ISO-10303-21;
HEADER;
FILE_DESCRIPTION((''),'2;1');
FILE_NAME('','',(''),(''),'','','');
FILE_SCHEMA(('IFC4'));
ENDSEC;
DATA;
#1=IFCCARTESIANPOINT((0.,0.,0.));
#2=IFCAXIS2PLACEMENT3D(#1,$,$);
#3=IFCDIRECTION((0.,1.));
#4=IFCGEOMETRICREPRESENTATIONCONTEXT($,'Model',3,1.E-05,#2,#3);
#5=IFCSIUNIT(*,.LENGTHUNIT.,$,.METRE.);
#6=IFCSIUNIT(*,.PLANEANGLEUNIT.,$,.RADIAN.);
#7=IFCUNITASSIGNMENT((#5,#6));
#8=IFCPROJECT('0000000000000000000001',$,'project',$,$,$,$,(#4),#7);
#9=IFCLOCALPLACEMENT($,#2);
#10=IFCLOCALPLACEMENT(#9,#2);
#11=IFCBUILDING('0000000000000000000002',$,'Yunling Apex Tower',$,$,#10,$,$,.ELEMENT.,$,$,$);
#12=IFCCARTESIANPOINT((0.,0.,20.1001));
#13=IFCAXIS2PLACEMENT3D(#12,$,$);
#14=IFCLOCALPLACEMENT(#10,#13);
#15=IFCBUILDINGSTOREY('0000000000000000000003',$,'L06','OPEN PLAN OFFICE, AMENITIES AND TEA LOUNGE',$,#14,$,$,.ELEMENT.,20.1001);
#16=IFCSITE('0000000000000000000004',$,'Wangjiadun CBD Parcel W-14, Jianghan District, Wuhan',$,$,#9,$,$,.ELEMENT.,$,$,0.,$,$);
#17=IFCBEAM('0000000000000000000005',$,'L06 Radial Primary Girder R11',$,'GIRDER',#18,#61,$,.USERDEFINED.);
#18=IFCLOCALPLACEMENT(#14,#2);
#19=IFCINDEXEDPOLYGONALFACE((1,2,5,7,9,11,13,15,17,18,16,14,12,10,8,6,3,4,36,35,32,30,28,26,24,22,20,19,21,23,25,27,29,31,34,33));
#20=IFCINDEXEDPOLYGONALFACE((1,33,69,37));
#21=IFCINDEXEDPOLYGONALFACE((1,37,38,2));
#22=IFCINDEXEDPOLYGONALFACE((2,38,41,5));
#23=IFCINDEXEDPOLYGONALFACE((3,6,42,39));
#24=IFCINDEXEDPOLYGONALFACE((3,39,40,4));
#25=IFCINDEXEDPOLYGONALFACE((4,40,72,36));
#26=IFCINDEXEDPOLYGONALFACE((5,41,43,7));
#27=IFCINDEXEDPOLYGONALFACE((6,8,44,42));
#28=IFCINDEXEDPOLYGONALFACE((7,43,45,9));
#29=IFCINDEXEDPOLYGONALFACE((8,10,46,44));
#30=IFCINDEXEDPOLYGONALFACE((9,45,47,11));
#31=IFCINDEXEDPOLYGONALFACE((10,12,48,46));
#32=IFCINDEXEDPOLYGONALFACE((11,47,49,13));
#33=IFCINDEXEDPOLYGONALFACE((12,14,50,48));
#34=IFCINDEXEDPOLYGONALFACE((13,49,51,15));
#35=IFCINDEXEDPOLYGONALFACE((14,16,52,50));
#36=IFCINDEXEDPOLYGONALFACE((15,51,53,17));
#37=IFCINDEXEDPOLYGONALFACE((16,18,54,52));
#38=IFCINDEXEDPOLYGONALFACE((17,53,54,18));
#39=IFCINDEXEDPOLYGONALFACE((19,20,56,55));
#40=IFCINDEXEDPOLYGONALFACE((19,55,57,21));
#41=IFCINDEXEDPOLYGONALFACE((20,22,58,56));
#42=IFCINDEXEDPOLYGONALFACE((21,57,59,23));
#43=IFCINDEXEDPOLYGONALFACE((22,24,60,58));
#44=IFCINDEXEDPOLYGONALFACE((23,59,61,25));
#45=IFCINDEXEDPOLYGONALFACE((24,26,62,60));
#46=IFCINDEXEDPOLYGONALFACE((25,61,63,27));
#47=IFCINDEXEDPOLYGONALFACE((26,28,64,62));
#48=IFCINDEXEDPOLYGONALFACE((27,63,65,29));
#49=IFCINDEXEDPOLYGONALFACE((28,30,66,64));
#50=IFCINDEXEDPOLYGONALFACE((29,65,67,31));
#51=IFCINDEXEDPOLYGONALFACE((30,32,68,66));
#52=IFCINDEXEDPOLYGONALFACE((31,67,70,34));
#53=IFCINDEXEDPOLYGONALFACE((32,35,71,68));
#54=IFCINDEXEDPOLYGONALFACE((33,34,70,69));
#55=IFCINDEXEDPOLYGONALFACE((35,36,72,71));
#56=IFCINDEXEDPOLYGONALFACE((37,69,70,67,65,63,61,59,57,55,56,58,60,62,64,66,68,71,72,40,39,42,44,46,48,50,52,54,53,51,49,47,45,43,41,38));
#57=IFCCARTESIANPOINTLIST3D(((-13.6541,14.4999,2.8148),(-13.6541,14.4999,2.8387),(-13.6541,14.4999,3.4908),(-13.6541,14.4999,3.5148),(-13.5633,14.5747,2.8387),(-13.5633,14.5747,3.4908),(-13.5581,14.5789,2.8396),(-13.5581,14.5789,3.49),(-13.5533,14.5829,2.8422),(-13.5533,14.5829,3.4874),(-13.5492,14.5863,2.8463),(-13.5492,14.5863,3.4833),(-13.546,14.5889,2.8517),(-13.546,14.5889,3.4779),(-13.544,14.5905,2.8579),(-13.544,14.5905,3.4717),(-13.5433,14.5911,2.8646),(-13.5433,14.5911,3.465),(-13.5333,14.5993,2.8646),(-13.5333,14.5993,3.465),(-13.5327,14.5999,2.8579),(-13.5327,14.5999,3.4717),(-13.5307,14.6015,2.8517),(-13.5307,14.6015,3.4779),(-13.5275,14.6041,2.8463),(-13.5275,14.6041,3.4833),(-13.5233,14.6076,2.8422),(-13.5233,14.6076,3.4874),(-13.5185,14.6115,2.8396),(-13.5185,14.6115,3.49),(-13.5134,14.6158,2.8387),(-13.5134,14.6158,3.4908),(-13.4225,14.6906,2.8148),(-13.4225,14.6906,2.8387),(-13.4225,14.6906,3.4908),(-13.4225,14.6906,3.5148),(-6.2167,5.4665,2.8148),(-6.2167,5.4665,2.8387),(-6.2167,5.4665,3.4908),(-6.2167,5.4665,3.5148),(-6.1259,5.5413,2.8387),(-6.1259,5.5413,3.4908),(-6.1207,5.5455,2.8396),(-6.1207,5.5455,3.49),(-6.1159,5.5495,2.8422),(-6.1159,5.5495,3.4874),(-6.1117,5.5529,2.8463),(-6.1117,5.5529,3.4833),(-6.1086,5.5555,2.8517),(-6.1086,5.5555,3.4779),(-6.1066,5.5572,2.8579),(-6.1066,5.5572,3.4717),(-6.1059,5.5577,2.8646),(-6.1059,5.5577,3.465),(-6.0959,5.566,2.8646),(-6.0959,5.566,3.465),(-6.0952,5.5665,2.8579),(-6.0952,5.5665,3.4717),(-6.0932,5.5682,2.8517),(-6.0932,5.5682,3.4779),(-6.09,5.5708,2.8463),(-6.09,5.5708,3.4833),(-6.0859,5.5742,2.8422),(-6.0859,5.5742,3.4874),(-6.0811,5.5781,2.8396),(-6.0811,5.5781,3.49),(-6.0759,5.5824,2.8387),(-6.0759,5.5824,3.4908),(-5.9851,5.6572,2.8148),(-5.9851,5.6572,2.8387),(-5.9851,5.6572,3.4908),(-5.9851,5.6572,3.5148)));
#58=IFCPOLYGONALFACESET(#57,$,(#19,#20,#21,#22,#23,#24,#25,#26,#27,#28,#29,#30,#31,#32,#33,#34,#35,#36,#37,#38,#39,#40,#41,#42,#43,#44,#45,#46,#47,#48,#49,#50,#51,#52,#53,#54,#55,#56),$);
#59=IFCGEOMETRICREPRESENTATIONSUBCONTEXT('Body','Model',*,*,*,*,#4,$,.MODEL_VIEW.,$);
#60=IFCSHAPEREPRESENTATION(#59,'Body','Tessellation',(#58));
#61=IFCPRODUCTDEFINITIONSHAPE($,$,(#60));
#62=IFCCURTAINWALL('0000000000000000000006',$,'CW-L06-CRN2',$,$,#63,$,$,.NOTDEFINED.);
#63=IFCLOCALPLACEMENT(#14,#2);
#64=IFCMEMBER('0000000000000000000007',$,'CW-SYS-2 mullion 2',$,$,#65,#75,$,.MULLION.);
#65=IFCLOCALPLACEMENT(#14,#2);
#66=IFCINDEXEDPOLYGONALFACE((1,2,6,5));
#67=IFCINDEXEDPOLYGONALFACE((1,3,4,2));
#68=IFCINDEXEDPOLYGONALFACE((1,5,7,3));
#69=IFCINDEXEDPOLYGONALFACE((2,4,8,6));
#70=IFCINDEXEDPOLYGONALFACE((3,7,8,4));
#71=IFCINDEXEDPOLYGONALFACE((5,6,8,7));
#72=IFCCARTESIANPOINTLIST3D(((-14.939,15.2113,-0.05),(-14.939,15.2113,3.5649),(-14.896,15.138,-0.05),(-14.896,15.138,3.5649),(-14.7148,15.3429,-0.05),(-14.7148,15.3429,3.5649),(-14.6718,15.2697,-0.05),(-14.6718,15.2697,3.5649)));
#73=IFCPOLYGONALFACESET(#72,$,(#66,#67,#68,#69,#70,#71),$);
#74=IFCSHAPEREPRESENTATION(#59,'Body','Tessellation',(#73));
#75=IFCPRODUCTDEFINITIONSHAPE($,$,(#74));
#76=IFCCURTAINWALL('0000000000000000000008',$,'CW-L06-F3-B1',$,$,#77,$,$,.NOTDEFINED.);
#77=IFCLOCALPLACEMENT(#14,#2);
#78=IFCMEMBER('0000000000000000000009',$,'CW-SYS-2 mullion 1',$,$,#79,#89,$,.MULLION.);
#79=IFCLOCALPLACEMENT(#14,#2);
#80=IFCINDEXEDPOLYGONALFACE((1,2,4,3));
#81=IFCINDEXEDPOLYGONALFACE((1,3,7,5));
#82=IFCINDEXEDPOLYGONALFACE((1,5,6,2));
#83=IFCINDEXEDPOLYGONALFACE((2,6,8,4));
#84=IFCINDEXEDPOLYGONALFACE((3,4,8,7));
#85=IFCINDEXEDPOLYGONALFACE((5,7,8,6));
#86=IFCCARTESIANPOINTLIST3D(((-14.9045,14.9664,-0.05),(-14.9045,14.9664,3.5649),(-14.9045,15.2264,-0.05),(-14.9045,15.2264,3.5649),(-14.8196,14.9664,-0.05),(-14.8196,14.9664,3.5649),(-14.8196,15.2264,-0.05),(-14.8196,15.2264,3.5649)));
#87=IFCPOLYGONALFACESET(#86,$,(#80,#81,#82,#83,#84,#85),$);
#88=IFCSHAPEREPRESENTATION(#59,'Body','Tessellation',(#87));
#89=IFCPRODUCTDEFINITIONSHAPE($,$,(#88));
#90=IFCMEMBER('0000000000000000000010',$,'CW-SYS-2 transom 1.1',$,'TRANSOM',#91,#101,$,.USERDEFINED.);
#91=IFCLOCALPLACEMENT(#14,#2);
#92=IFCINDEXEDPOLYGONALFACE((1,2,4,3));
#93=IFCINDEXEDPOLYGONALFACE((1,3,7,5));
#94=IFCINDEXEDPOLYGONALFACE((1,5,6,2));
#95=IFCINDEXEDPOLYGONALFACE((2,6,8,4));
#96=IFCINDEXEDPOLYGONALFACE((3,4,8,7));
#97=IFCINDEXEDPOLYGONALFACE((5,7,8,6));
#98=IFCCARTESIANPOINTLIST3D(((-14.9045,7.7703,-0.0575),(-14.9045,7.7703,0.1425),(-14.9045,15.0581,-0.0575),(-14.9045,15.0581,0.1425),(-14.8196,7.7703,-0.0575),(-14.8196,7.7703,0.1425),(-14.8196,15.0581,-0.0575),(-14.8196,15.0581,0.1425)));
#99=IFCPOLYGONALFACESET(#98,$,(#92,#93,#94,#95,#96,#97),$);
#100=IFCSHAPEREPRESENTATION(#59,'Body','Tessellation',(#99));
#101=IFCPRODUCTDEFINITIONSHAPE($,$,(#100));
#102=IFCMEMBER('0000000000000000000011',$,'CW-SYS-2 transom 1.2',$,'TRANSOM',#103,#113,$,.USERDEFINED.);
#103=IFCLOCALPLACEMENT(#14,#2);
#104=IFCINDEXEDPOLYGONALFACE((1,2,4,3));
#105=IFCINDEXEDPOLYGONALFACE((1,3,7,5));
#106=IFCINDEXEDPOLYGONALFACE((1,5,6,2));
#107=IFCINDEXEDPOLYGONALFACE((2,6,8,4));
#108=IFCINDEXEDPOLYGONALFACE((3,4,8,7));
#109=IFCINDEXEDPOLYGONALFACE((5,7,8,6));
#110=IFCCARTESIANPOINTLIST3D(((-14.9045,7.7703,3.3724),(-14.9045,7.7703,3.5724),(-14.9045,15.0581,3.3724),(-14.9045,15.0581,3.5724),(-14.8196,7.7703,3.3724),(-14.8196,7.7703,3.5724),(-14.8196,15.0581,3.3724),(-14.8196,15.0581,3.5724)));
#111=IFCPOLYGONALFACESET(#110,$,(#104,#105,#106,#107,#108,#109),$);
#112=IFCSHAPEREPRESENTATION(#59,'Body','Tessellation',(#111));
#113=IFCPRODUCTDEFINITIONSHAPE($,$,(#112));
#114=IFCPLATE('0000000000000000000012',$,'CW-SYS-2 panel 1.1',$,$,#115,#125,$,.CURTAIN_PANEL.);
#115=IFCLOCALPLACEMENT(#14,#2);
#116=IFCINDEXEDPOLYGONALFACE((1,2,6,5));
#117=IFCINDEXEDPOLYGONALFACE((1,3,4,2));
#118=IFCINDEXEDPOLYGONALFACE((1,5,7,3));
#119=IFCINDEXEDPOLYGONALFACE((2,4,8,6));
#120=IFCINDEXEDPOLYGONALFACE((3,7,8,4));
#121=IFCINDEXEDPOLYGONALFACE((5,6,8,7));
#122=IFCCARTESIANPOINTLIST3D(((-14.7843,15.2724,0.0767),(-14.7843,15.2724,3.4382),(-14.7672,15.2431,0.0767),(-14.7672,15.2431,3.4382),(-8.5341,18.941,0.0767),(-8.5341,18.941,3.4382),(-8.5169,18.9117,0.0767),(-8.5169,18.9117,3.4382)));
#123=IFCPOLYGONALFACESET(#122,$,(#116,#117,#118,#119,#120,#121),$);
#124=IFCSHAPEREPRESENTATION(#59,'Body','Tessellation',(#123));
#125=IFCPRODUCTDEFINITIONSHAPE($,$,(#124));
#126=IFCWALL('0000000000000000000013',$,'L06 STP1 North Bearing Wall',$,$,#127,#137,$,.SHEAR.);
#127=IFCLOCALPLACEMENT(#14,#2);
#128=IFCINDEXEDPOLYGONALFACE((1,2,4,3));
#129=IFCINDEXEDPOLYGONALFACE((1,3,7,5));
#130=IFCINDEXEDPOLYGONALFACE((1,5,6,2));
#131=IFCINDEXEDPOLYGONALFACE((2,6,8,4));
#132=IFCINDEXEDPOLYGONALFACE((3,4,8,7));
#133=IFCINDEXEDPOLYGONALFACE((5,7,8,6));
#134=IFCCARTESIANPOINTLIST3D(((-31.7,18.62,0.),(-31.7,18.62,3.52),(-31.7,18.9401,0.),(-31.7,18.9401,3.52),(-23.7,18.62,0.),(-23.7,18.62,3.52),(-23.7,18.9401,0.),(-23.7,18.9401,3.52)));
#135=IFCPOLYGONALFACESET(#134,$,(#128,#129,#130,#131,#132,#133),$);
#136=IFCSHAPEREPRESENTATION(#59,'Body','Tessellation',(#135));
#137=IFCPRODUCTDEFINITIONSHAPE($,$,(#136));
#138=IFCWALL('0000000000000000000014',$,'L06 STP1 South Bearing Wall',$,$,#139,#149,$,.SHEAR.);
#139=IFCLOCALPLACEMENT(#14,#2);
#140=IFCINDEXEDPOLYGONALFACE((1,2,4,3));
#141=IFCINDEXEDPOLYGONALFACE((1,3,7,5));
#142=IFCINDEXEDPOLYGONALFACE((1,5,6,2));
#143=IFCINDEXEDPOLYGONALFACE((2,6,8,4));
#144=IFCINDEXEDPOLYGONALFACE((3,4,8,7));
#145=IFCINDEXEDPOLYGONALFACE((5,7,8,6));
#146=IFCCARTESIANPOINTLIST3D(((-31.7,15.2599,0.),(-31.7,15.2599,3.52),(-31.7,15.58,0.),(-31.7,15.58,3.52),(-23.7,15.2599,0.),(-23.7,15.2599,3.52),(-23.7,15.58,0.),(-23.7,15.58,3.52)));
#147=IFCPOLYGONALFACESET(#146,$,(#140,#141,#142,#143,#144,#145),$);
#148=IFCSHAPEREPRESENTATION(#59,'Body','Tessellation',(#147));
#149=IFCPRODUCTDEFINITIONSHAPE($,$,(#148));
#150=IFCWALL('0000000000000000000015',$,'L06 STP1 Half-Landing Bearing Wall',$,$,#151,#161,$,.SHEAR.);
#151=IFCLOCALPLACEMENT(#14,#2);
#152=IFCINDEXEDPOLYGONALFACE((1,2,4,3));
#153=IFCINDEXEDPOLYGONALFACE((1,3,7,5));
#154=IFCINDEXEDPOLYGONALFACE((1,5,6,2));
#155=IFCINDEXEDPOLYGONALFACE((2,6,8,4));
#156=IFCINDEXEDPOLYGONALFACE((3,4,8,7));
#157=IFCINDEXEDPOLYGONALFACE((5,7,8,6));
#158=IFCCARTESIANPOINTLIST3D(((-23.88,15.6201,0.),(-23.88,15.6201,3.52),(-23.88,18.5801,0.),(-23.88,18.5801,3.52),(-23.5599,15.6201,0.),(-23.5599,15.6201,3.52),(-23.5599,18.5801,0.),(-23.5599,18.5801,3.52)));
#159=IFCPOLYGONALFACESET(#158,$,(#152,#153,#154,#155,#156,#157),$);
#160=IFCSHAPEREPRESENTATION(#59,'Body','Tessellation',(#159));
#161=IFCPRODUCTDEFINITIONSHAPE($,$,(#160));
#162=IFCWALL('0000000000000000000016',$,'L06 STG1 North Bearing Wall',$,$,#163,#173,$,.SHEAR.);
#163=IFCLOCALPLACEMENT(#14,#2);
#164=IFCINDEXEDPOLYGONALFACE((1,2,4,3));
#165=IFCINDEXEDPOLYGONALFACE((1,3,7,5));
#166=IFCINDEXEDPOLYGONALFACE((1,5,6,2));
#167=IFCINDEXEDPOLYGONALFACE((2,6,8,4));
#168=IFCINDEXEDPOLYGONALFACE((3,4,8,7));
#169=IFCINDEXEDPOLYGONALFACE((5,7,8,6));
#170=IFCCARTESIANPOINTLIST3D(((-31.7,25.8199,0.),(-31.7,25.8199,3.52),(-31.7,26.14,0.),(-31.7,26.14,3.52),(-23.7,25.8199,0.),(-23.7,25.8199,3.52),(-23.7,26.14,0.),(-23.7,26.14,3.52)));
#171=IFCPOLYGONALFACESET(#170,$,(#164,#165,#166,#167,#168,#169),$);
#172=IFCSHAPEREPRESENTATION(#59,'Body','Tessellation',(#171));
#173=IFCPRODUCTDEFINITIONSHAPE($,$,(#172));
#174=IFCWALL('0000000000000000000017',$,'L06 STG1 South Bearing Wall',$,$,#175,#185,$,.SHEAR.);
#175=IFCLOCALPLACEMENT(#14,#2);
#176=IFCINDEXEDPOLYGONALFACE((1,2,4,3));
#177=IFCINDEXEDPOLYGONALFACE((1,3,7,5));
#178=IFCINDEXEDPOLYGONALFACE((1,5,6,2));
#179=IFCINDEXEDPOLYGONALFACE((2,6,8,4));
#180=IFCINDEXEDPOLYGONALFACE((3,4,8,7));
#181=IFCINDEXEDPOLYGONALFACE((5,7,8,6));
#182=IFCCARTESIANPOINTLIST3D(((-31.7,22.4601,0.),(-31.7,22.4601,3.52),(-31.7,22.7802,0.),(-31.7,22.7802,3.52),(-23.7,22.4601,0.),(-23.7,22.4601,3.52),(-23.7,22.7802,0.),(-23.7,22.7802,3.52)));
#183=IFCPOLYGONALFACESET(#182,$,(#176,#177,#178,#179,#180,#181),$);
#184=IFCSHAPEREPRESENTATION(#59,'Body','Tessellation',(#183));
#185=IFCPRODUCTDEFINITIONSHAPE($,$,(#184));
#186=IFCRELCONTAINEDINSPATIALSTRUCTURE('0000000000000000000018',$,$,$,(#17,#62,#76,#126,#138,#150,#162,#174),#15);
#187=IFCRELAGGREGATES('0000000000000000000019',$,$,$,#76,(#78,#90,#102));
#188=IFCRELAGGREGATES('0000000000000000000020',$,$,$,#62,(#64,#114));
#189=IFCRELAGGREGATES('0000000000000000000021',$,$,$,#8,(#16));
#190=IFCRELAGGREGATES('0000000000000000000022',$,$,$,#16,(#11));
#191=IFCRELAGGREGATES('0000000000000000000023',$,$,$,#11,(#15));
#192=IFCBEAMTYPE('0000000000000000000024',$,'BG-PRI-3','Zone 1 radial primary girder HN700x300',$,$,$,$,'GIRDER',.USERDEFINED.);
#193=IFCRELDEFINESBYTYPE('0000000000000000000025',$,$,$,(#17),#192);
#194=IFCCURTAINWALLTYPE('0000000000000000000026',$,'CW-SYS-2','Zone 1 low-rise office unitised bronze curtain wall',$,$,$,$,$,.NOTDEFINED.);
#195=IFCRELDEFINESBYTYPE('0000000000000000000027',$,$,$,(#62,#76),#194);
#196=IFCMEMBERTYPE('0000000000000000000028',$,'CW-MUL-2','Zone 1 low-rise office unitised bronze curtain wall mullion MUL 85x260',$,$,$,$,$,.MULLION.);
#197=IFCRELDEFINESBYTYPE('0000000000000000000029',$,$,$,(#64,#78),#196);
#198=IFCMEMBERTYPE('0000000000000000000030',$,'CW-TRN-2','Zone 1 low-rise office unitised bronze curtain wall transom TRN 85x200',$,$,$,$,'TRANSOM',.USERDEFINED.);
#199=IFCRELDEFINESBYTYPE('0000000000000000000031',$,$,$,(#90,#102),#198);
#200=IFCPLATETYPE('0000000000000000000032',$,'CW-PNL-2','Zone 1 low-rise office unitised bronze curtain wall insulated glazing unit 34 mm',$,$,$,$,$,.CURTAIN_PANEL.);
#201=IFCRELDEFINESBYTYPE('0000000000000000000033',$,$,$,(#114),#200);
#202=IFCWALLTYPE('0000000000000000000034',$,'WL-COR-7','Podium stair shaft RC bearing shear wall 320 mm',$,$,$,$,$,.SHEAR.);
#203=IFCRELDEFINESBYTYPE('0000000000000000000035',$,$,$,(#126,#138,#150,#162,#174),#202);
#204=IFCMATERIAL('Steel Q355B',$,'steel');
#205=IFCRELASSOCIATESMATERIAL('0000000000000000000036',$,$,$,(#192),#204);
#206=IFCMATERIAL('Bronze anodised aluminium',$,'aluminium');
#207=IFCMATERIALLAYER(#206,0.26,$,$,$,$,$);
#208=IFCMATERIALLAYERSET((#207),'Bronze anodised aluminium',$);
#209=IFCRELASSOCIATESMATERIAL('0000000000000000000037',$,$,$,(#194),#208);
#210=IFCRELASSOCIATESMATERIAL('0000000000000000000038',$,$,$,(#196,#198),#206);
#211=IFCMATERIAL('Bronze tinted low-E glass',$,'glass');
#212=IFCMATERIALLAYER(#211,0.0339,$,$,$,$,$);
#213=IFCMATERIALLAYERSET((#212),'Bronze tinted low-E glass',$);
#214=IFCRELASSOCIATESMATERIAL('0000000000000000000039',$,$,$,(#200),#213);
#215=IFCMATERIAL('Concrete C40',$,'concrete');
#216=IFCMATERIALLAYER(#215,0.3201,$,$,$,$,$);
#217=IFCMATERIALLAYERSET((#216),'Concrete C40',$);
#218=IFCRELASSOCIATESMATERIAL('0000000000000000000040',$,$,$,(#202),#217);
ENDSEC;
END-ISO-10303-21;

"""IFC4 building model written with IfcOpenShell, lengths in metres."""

from ifc_helpers import new_model, si_unit, direction, frame, frame_2d, origin, origin_2d, place, context, subcontext, project, spatial, rectangle, i_section, extrude, source, transform, mapped, material, layer, layer_set, material_profile, profile_set, type_object, element, aggregate, save


model = new_model("IFC4")

# Units and contexts
model_context = context("Model", 3, precision=1e-05, world=origin(), true_north=direction((0.0, 1.0)))
body_context = subcontext(model_context, "Body", "Model", "MODEL_VIEW")
ifc_project = project(units=[si_unit("LENGTHUNIT", "METRE"), si_unit("PLANEANGLEUNIT", "RADIAN")], contexts=[model_context])

# Site, building, storey
site_placement = place(None, origin())
site = spatial("IfcSite", under=ifc_project, at=site_placement, Name="Wangjiadun CBD Parcel W-14, Jianghan District, Wuhan", CompositionType="ELEMENT", RefElevation=0.0)
building_placement = place(site_placement, origin())
building = spatial("IfcBuilding", under=site, at=building_placement, Name="Yunling Apex Tower", CompositionType="ELEMENT")
storey_placement = place(building_placement, frame((0.0, 0.0, 20.1001)))
storey = spatial("IfcBuildingStorey", under=building, at=storey_placement, Name="L06", Description="OPEN PLAN OFFICE, AMENITIES AND TEA LOUNGE", CompositionType="ELEMENT", Elevation=20.1001)

# Beam
ifc_material_1 = material(Name="Steel Q355B", Category="steel")
ifc_material_profile_1 = material_profile(ifc_material_1, i_section(OverallWidth=0.3, OverallDepth=0.7, WebThickness=0.0129, FlangeThickness=0.0239, FilletRadius=0.0259, at=origin_2d()))
ifc_profile_set_1 = profile_set([ifc_material_profile_1], Name="Steel Q355B")
beam_type_1 = type_object("IfcBeamType", Name="BG-PRI-3", Description="Zone 1 radial primary girder HN700x300", ElementType="GIRDER", PredefinedType="USERDEFINED", material=ifc_profile_set_1)
shared_shape_1 = source(origin(), body_context, "Body", "SweptSolid", [
    extrude(i_section(OverallWidth=0.3, OverallDepth=0.7, WebThickness=0.0129, FlangeThickness=0.0239, FilletRadius=0.0259, at=origin_2d()), origin(), (0.0, 0.0, 1.0), 11.7012),
])
beam_1_placement = place(storey_placement, frame((-13.5383, 14.5952, 3.1648), z_axis=(0.635615, -0.772006, 0.0), x_axis=(0.772006, 0.635615, 0.0)))
element("IfcBeam", 1, at=beam_1_placement, inside=storey, type_object=beam_type_1, Name="L06 Radial Primary Girder R11", ObjectType="GIRDER", PredefinedType="USERDEFINED", context=body_context, shape_type="MappedRepresentation", body=[
    mapped(shared_shape_1, transform((0.0, 0.0, 0.0), scale=1.0)),
])

# Curtain wall, member
ifc_material_2 = material(Name="Bronze anodised aluminium", Category="aluminium")
ifc_layer_1 = layer(ifc_material_2, 0.26)
ifc_layer_set_1 = layer_set([ifc_layer_1], Name="Bronze anodised aluminium")
curtain_wall_type = type_object("IfcCurtainWallType", Name="CW-SYS-2", Description="Zone 1 low-rise office unitised bronze curtain wall", PredefinedType="NOTDEFINED", material=ifc_layer_set_1)
curtain_wall_1_placement = place(storey_placement, origin())
curtain_wall_1 = element("IfcCurtainWall", 2, at=curtain_wall_1_placement, inside=storey, type_object=curtain_wall_type, Name="CW-L06-CRN2", PredefinedType="NOTDEFINED")
ifc_material_profile_2 = material_profile(ifc_material_2, rectangle(XDim=0.085, YDim=0.26, at=origin_2d()))
ifc_profile_set_2 = profile_set([ifc_material_profile_2], Name="Bronze anodised aluminium")
member_type_1 = type_object("IfcMemberType", Name="CW-MUL-2", Description="Zone 1 low-rise office unitised bronze curtain wall mullion MUL 85x260", PredefinedType="MULLION", material=ifc_profile_set_2)
shared_shape_2 = source(origin(), body_context, "Body", "SweptSolid", [
    extrude(rectangle(XDim=0.085, YDim=0.26, at=origin_2d()), origin(), (0.0, 0.0, 1.0), 3.615),
])
member_1_placement = place(storey_placement, frame((-14.8054, 15.2405, -0.05), z_axis=(0.0, 0.0, 1.0), x_axis=(0.506196, -0.862419, 0.0)))
member_1 = element("IfcMember", 3, at=member_1_placement, type_object=member_type_1, Name="CW-SYS-2 mullion 2", PredefinedType="MULLION", context=body_context, shape_type="MappedRepresentation", body=[
    mapped(shared_shape_2, transform((0.0, 0.0, 0.0), scale=1.0)),
])

# Curtain wall, members
curtain_wall_2_placement = place(storey_placement, origin())
curtain_wall_2 = element("IfcCurtainWall", 4, at=curtain_wall_2_placement, inside=storey, type_object=curtain_wall_type, Name="CW-L06-F3-B1", PredefinedType="NOTDEFINED")
member_2_placement = place(storey_placement, frame((-14.8621, 15.0964, -0.05), z_axis=(0.0, 0.0, 1.0), x_axis=(1.0, 0.0, 0.0)))
member_2 = element("IfcMember", 5, at=member_2_placement, type_object=member_type_1, Name="CW-SYS-2 mullion 1", PredefinedType="MULLION", context=body_context, shape_type="MappedRepresentation", body=[
    mapped(shared_shape_2, transform((0.0, 0.0, 0.0), scale=1.0)),
])
ifc_material_profile_3 = material_profile(ifc_material_2, rectangle(XDim=0.085, YDim=0.2, at=origin_2d()))
ifc_profile_set_3 = profile_set([ifc_material_profile_3], Name="Bronze anodised aluminium")
member_type_2 = type_object("IfcMemberType", Name="CW-TRN-2", Description="Zone 1 low-rise office unitised bronze curtain wall transom TRN 85x200", ElementType="TRANSOM", PredefinedType="USERDEFINED", material=ifc_profile_set_3)
shared_shape_3 = source(origin(), body_context, "Body", "SweptSolid", [
    extrude(rectangle(XDim=0.085, YDim=0.2, at=origin_2d()), origin(), (0.0, 0.0, 1.0), 7.2878),
])
member_3_placement = place(storey_placement, frame((-14.8621, 15.0581, 0.0425), z_axis=(0.0, -1.0, 0.0), x_axis=(1.0, 0.0, 0.0)))
member_3 = element("IfcMember", 6, at=member_3_placement, type_object=member_type_2, Name="CW-SYS-2 transom 1.1", ObjectType="TRANSOM", PredefinedType="USERDEFINED", context=body_context, shape_type="MappedRepresentation", body=[
    mapped(shared_shape_3, transform((0.0, 0.0, 0.0), scale=1.0)),
])
member_4_placement = place(storey_placement, frame((-14.8621, 15.0581, 3.4724), z_axis=(0.0, -1.0, 0.0), x_axis=(1.0, 0.0, 0.0)))
member_4 = element("IfcMember", 7, at=member_4_placement, type_object=member_type_2, Name="CW-SYS-2 transom 1.2", ObjectType="TRANSOM", PredefinedType="USERDEFINED", context=body_context, shape_type="MappedRepresentation", body=[
    mapped(shared_shape_3, transform((0.0, 0.0, 0.0), scale=1.0)),
])
aggregate(curtain_wall_2, [member_2, member_3, member_4])

# Plate
ifc_material_3 = material(Name="Bronze tinted low-E glass", Category="glass")
ifc_layer_2 = layer(ifc_material_3, 0.0339)
ifc_layer_set_2 = layer_set([ifc_layer_2], Name="Bronze tinted low-E glass")
plate_type = type_object("IfcPlateType", Name="CW-PNL-2", Description="Zone 1 low-rise office unitised bronze curtain wall insulated glazing unit 34 mm", PredefinedType="CURTAIN_PANEL", material=ifc_layer_set_2)
shared_shape_4 = source(origin(), body_context, "Body", "SweptSolid", [
    extrude(rectangle(XDim=7.2473, YDim=0.0339, at=origin_2d()), origin(), (0.0, 0.0, 1.0), 3.3616),
])
plate_placement = place(storey_placement, frame((-11.6506, 17.092, 0.0767), z_axis=(0.0, 0.0, 1.0), x_axis=(-0.862419, -0.506196, 0.0)))
plate = element("IfcPlate", 8, at=plate_placement, type_object=plate_type, Name="CW-SYS-2 panel 1.1", PredefinedType="CURTAIN_PANEL", context=body_context, shape_type="MappedRepresentation", body=[
    mapped(shared_shape_4, transform((0.0, 0.0, 0.0), scale=1.0)),
])
aggregate(curtain_wall_1, [member_1, plate])

# Walls
ifc_material_4 = material(Name="Concrete C40", Category="concrete")
ifc_layer_3 = layer(ifc_material_4, 0.3201)
ifc_layer_set_3 = layer_set([ifc_layer_3], Name="Concrete C40")
wall_type_1 = type_object("IfcWallType", Name="WL-COR-7", Description="Podium stair shaft RC bearing shear wall 320 mm", PredefinedType="SHEAR", material=ifc_layer_set_3)
for number, where, z_axis, x_axis, name in (
    (9, (-31.7, 18.78, 0.0), (0.0, 0.0, 1.0), (1.0, 0.0, 0.0), "L06 STP1 North Bearing Wall"),
    (10, (-31.7, 15.4199, 0.0), (0.0, 0.0, 1.0), (1.0, 0.0, 0.0), "L06 STP1 South Bearing Wall"),
):
    element("IfcWall", number, at=place(storey_placement, frame(where, z_axis=z_axis, x_axis=x_axis)), inside=storey, type_object=wall_type_1, Name=name, PredefinedType="SHEAR", context=body_context, shape_type="SweptSolid", body=[
        extrude(rectangle(XDim=8.0, YDim=0.3201, at=frame_2d((4.0, 0.0))), origin(), (0.0, 0.0, 1.0), 3.52),
    ])
wall_1_placement = place(storey_placement, frame((-23.72, 15.6201, 0.0), z_axis=(0.0, 0.0, 1.0), x_axis=(0.0, 1.0, 0.0)))
element("IfcWall", 11, at=wall_1_placement, inside=storey, type_object=wall_type_1, Name="L06 STP1 Half-Landing Bearing Wall", PredefinedType="SHEAR", context=body_context, shape_type="SweptSolid", body=[
    extrude(rectangle(XDim=2.96, YDim=0.3201, at=frame_2d((1.48, 0.0))), origin(), (0.0, 0.0, 1.0), 3.52),
])
for number, where, z_axis, x_axis, name in (
    (12, (-31.7, 25.98, 0.0), (0.0, 0.0, 1.0), (1.0, 0.0, 0.0), "L06 STG1 North Bearing Wall"),
    (13, (-31.7, 22.6201, 0.0), (0.0, 0.0, 1.0), (1.0, 0.0, 0.0), "L06 STG1 South Bearing Wall"),
):
    element("IfcWall", number, at=place(storey_placement, frame(where, z_axis=z_axis, x_axis=x_axis)), inside=storey, type_object=wall_type_1, Name=name, PredefinedType="SHEAR", context=body_context, shape_type="SweptSolid", body=[
        extrude(rectangle(XDim=8.0, YDim=0.3201, at=frame_2d((4.0, 0.0))), origin(), (0.0, 0.0, 1.0), 3.52),
    ])

save(model, "model.ifc")
